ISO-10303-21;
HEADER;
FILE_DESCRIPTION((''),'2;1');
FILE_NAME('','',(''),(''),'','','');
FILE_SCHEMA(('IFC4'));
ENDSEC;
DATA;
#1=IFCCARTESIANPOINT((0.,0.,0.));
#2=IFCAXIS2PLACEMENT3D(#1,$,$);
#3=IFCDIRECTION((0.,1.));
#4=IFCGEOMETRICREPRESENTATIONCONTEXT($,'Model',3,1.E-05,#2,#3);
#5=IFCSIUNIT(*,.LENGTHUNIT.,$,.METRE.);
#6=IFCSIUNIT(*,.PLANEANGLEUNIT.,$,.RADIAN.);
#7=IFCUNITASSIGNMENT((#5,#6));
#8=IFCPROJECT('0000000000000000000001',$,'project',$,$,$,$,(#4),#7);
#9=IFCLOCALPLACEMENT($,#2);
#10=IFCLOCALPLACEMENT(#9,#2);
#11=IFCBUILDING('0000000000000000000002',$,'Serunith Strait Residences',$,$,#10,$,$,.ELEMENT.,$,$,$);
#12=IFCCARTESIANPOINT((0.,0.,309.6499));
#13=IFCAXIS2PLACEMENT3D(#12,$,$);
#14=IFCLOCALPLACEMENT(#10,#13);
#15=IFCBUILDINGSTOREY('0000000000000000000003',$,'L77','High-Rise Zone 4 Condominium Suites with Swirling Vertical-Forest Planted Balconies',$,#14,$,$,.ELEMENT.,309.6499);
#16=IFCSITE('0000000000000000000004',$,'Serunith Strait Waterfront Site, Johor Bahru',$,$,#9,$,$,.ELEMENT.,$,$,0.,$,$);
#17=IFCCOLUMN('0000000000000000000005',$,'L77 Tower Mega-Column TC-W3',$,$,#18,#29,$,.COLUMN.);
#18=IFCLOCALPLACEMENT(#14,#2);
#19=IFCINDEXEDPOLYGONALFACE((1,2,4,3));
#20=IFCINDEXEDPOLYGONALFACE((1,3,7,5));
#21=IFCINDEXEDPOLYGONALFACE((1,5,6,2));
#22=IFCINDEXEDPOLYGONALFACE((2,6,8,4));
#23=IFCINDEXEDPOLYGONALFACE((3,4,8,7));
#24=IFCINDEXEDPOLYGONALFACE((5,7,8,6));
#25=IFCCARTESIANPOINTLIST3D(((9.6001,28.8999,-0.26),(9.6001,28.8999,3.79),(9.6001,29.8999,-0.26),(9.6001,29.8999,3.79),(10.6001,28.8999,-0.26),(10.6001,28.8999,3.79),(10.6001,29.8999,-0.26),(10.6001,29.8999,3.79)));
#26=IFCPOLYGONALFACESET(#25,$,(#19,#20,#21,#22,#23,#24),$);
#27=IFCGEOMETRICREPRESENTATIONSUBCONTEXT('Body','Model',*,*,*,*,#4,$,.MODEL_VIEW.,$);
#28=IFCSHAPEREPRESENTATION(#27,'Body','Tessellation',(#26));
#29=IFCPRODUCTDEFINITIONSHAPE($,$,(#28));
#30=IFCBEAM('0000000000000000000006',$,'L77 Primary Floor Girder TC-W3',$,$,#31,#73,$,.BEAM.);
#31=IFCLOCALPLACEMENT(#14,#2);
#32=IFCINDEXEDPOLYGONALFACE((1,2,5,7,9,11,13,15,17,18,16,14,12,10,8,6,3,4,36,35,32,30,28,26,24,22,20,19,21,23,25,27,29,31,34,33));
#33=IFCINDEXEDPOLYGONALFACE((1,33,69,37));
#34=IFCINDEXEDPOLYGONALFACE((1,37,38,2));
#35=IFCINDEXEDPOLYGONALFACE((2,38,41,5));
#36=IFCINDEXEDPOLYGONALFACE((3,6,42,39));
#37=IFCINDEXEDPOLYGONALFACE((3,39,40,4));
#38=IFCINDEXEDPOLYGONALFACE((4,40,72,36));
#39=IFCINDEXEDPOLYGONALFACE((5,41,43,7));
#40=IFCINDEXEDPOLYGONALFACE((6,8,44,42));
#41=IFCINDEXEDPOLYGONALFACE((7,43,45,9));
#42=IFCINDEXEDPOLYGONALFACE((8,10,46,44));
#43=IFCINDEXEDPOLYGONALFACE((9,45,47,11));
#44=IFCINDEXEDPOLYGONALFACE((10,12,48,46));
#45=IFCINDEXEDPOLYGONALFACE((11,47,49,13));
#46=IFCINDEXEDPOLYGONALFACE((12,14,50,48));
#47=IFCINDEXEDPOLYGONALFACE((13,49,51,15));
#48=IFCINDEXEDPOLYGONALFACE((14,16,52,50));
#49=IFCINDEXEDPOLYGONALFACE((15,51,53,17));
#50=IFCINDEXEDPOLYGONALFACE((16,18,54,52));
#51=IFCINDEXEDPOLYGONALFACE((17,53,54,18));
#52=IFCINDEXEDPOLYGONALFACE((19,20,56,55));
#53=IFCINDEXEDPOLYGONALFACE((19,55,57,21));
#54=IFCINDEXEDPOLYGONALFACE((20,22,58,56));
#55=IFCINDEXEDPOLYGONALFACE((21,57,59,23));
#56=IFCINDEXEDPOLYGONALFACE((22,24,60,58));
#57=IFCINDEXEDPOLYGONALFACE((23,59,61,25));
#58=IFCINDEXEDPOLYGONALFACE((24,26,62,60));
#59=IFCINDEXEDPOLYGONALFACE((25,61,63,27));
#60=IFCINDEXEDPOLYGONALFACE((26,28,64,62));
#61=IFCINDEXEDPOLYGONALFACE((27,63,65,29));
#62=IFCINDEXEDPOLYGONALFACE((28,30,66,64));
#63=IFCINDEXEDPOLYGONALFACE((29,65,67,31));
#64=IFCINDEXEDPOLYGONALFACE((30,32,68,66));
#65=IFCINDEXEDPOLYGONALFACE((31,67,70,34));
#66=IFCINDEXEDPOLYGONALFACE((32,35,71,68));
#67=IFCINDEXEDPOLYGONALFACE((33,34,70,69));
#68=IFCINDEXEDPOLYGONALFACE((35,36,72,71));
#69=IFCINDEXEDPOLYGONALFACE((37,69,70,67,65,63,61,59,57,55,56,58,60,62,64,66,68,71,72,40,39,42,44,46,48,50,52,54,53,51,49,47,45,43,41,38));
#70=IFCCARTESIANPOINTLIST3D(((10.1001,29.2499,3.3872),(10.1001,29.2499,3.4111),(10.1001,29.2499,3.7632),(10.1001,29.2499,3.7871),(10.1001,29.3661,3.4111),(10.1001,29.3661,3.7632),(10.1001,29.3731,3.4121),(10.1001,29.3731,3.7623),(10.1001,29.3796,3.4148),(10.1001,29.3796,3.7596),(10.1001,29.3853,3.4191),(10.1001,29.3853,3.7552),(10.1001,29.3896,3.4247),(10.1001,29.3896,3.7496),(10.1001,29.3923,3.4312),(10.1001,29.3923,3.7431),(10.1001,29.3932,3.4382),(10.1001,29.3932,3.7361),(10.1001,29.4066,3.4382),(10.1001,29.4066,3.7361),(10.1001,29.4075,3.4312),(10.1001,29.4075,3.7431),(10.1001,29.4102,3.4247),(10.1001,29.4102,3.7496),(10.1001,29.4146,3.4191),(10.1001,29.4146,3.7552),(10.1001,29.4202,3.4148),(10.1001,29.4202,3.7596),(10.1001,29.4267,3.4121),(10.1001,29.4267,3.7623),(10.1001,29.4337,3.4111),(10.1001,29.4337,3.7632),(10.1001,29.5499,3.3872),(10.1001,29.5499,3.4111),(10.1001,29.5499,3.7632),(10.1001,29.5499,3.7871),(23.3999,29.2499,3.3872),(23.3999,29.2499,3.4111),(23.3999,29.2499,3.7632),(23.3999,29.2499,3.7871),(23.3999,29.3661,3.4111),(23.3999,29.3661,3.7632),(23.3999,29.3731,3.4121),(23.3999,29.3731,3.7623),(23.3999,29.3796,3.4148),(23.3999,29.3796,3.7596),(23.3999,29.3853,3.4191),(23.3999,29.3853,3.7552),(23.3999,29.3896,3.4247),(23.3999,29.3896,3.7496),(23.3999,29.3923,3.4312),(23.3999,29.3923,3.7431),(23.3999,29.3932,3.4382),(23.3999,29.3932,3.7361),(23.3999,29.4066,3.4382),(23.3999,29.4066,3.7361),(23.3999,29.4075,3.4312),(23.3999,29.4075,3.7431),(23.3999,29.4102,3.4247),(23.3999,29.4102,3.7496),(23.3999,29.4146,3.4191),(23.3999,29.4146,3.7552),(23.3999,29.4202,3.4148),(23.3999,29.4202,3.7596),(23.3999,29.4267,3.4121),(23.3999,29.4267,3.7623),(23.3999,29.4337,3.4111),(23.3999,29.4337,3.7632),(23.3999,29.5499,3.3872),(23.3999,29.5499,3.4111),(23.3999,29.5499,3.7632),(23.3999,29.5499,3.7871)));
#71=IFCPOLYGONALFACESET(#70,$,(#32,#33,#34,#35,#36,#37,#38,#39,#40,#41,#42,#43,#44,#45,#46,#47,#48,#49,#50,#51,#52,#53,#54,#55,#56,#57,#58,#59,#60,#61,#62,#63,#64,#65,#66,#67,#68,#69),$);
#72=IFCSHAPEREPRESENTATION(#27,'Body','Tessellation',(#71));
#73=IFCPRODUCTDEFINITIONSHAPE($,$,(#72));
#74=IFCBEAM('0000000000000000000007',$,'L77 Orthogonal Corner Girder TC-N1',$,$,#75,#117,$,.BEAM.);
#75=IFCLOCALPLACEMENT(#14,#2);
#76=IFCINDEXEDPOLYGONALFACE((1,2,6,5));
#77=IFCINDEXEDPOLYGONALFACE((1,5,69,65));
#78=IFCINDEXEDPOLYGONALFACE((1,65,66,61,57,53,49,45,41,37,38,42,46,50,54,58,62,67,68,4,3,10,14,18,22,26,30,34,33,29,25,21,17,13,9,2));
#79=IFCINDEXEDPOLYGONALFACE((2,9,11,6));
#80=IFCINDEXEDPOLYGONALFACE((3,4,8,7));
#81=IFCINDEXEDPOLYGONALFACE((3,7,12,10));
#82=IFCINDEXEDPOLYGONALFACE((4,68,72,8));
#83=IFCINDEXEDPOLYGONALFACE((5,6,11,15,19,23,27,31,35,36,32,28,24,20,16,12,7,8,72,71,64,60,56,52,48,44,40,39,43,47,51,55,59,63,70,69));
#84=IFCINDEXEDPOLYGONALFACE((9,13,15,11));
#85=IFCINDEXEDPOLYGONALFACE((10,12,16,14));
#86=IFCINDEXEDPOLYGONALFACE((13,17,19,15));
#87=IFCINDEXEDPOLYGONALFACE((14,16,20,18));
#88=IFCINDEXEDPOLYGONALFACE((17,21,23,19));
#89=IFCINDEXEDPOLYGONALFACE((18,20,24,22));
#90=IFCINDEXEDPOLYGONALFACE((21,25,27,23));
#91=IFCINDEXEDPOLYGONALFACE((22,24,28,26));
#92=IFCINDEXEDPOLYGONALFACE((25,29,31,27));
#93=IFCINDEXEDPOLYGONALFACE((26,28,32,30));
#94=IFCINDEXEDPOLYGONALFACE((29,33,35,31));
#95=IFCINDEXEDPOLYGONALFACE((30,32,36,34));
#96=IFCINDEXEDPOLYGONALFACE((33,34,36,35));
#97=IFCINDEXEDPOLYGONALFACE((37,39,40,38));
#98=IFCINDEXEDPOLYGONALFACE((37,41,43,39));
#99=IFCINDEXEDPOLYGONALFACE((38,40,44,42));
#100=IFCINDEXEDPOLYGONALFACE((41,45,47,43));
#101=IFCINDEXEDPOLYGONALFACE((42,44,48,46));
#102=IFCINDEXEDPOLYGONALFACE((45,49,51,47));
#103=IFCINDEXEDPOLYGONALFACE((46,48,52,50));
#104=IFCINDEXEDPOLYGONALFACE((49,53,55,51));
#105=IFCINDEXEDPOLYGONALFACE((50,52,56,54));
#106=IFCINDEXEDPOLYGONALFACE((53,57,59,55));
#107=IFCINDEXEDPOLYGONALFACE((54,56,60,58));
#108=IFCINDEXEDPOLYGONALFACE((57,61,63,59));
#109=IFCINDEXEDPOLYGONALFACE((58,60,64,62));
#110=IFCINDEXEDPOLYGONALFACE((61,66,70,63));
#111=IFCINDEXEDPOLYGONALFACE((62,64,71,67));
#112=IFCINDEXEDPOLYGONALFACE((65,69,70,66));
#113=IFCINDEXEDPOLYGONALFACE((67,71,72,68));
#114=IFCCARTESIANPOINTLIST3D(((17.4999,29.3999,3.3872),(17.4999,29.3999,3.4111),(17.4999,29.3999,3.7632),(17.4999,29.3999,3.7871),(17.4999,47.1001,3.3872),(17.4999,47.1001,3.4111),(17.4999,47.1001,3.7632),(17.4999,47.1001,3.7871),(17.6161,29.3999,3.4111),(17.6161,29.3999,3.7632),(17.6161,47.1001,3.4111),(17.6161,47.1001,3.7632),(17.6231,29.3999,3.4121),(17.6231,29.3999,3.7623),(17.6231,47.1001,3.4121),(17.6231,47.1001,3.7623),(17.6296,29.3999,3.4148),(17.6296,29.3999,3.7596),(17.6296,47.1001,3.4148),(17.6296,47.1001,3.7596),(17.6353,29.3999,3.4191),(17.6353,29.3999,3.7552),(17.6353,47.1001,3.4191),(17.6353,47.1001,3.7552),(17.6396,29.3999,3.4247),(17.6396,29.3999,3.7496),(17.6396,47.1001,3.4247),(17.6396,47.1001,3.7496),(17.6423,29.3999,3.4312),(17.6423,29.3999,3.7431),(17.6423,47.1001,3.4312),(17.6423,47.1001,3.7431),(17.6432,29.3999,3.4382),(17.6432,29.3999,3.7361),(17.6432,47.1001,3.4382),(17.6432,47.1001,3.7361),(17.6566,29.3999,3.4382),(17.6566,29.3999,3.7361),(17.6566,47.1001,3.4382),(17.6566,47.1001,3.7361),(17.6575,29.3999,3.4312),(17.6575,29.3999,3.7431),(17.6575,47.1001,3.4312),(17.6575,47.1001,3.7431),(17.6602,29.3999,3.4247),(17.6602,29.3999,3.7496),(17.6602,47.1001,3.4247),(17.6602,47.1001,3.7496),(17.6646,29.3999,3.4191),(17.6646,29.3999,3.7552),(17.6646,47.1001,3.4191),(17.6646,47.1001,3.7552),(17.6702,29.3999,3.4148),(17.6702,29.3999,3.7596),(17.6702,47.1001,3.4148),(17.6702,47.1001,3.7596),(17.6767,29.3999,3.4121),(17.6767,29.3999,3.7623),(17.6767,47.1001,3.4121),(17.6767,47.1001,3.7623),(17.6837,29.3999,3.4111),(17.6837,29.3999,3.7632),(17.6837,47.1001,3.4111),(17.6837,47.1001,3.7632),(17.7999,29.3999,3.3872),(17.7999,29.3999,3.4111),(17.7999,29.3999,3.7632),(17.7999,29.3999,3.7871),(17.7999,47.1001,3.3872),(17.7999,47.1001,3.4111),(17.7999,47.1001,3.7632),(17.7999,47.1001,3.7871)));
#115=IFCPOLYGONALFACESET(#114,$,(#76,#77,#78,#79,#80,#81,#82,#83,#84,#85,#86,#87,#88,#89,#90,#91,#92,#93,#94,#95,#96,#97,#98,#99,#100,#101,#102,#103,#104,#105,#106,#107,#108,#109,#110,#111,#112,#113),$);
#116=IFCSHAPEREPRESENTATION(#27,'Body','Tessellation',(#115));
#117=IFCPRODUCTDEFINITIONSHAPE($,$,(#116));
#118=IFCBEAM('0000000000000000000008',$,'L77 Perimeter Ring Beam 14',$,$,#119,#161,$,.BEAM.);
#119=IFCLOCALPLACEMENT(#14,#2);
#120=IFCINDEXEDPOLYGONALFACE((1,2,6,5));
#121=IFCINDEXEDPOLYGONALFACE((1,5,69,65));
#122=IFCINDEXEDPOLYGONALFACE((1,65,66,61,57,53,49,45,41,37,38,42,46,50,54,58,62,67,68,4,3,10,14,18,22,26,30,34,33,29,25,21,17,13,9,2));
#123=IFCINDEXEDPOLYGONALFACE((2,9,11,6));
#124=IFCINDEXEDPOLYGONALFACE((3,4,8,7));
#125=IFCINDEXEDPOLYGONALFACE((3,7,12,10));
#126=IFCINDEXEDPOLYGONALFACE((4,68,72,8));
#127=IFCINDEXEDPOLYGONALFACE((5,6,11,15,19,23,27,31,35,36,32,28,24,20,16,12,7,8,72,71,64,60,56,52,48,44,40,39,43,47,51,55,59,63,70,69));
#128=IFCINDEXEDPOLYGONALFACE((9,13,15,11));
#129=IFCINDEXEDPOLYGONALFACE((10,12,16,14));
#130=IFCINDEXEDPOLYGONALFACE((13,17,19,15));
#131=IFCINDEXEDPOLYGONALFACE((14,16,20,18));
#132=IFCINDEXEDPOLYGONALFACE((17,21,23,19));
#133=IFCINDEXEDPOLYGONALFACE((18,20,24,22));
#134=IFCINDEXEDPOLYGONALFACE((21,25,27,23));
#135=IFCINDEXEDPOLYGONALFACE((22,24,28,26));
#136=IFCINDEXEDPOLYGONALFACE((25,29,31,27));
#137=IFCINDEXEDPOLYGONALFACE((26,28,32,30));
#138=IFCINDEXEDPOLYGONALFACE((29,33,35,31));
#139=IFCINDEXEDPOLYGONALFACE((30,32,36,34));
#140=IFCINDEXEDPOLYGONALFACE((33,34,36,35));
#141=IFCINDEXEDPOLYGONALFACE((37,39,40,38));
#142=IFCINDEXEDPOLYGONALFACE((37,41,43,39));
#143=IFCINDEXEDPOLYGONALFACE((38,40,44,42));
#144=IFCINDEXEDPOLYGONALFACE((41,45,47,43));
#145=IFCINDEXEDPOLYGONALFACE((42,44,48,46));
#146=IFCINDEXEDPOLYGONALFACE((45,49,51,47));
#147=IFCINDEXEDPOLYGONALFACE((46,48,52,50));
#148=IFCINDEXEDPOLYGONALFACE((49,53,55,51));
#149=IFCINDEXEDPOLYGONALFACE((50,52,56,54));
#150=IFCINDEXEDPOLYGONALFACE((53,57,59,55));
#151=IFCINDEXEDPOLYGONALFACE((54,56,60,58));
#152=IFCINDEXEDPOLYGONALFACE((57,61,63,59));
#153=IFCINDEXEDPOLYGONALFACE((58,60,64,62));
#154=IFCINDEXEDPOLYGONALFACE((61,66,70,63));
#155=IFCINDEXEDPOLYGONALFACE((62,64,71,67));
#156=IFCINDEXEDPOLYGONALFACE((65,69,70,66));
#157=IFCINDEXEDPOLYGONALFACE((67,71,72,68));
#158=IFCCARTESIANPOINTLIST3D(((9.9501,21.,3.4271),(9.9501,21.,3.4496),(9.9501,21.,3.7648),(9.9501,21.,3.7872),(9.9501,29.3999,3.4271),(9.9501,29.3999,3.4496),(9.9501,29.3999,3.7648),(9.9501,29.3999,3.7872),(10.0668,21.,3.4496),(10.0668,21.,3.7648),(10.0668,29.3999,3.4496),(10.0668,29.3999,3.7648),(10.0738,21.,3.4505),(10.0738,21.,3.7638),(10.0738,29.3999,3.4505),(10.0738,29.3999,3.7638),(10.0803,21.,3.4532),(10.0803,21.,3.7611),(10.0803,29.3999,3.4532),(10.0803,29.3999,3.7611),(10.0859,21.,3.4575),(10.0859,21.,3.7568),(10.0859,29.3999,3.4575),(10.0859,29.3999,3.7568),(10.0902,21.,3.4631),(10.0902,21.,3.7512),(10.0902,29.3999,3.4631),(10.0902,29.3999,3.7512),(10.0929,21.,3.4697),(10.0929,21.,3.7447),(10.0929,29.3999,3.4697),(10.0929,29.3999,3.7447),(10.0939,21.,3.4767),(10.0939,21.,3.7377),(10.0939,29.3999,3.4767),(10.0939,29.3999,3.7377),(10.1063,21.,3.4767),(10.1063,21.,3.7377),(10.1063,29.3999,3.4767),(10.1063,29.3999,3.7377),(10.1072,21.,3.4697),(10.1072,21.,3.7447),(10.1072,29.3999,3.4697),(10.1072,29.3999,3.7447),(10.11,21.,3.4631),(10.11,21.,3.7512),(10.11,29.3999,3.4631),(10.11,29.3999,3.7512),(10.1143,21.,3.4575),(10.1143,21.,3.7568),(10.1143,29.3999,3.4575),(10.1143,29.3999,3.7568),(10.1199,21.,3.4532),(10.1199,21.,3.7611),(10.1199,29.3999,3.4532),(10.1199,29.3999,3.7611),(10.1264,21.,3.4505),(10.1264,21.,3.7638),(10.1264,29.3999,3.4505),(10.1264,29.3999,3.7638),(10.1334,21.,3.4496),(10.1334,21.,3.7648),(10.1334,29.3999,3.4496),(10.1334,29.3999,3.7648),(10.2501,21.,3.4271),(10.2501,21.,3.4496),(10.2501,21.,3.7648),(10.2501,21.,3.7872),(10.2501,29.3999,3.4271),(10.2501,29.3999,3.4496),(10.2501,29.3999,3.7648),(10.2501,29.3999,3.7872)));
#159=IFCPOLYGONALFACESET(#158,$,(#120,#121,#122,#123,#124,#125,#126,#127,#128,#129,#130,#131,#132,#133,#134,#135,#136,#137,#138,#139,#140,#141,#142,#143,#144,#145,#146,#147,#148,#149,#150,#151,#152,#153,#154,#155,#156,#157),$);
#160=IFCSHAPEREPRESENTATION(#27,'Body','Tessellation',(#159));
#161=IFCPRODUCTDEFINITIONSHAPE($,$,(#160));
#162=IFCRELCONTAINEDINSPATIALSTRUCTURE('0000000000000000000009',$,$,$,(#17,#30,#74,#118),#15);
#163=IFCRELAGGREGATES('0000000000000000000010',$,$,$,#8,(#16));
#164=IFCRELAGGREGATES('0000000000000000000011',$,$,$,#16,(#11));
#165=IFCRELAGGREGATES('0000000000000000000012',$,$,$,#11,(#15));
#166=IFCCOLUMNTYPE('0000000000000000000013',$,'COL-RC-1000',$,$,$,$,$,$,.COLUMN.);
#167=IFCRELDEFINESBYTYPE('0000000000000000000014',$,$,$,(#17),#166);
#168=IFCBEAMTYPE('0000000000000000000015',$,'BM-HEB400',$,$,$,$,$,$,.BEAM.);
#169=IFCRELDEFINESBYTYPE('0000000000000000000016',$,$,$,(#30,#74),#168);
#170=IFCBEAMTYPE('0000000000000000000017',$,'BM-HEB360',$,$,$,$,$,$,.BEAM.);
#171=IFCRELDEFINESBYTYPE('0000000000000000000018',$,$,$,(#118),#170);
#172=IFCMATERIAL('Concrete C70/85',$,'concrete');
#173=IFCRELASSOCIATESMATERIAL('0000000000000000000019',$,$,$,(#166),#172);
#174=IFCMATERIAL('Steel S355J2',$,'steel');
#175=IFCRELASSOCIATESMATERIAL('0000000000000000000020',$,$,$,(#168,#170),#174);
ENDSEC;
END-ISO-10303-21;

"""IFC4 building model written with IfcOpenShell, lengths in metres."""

from ifc_helpers import new_model, si_unit, direction, frame, origin, origin_2d, place, context, subcontext, project, spatial, rectangle, i_section, extrude, source, transform, mapped, material, material_profile, profile_set, type_object, element, save


model = new_model("IFC4")

# Units and contexts
model_context = context("Model", 3, precision=1e-05, world=origin(), true_north=direction((0.0, 1.0)))
body_context = subcontext(model_context, "Body", "Model", "MODEL_VIEW")
ifc_project = project(units=[si_unit("LENGTHUNIT", "METRE"), si_unit("PLANEANGLEUNIT", "RADIAN")], contexts=[model_context])

# Site, building, storey
site_placement = place(None, origin())
site = spatial("IfcSite", under=ifc_project, at=site_placement, Name="Serunith Strait Waterfront Site, Johor Bahru", CompositionType="ELEMENT", RefElevation=0.0)
building_placement = place(site_placement, origin())
building = spatial("IfcBuilding", under=site, at=building_placement, Name="Serunith Strait Residences", CompositionType="ELEMENT")
storey_placement = place(building_placement, frame((0.0, 0.0, 309.6499)))
storey = spatial("IfcBuildingStorey", under=building, at=storey_placement, Name="L77", Description="High-Rise Zone 4 Condominium Suites with Swirling Vertical-Forest Planted Balconies", CompositionType="ELEMENT", Elevation=309.6499)

# Column
ifc_material_1 = material(Name="Concrete C70/85", Category="concrete")
ifc_material_profile_1 = material_profile(ifc_material_1, rectangle(XDim=1.0, YDim=1.0, at=origin_2d()), Name="RC 1000x1000")
ifc_profile_set_1 = profile_set([ifc_material_profile_1], Name="Concrete C70/85")
column_type = type_object("IfcColumnType", Name="COL-RC-1000", PredefinedType="COLUMN", material=ifc_profile_set_1)
shared_shape_1 = source(origin(), body_context, "Body", "SweptSolid", [
    extrude(rectangle(XDim=1.0, YDim=1.0, at=origin_2d()), origin(), (0.0, 0.0, 1.0), 4.05),
])
column_placement = place(storey_placement, frame((10.1001, 29.3999, -0.26), z_axis=(0.0, 0.0, 1.0), x_axis=(1.0, 0.0, 0.0)))
element("IfcColumn", 1, at=column_placement, inside=storey, type_object=column_type, Name="L77 Tower Mega-Column TC-W3", PredefinedType="COLUMN", context=body_context, shape_type="MappedRepresentation", body=[
    mapped(shared_shape_1, transform((0.0, 0.0, 0.0), scale=1.0)),
])

# Beams
ifc_material_2 = material(Name="Steel S355J2", Category="steel")
ifc_material_profile_2 = material_profile(ifc_material_2, i_section(OverallWidth=0.3, OverallDepth=0.3999, WebThickness=0.0134, FlangeThickness=0.0239, FilletRadius=0.0271, at=origin_2d()), Name="HEB 400")
ifc_profile_set_2 = profile_set([ifc_material_profile_2], Name="Steel S355J2")
beam_type_1 = type_object("IfcBeamType", Name="BM-HEB400", PredefinedType="BEAM", material=ifc_profile_set_2)
shared_shape_2 = source(origin(), body_context, "Body", "SweptSolid", [
    extrude(i_section(OverallWidth=0.3, OverallDepth=0.3999, WebThickness=0.0134, FlangeThickness=0.0239, FilletRadius=0.0271, at=origin_2d()), origin(), (0.0, 0.0, 1.0), 13.2998),
])
beam_1_placement = place(storey_placement, frame((23.3999, 29.3999, 3.5872), z_axis=(-1.0, 0.0, 0.0), x_axis=(0.0, -1.0, 0.0)))
element("IfcBeam", 2, at=beam_1_placement, inside=storey, type_object=beam_type_1, Name="L77 Primary Floor Girder TC-W3", PredefinedType="BEAM", context=body_context, shape_type="MappedRepresentation", body=[
    mapped(shared_shape_2, transform((0.0, 0.0, 0.0), scale=1.0)),
])
shared_shape_3 = source(origin(), body_context, "Body", "SweptSolid", [
    extrude(i_section(OverallWidth=0.3, OverallDepth=0.3999, WebThickness=0.0134, FlangeThickness=0.0239, FilletRadius=0.0271, at=origin_2d()), origin(), (0.0, 0.0, 1.0), 17.7002),
])
beam_2_placement = place(storey_placement, frame((17.6499, 29.3999, 3.5872), z_axis=(0.0, 1.0, 0.0), x_axis=(-1.0, 0.0, 0.0)))
element("IfcBeam", 3, at=beam_2_placement, inside=storey, type_object=beam_type_1, Name="L77 Orthogonal Corner Girder TC-N1", PredefinedType="BEAM", context=body_context, shape_type="MappedRepresentation", body=[
    mapped(shared_shape_3, transform((0.0, 0.0, 0.0), scale=1.0)),
])
ifc_material_profile_3 = material_profile(ifc_material_2, i_section(OverallWidth=0.3, OverallDepth=0.3601, WebThickness=0.0125, FlangeThickness=0.0225, FilletRadius=0.0271, at=origin_2d()), Name="HEB 360")
ifc_profile_set_3 = profile_set([ifc_material_profile_3], Name="Steel S355J2")
beam_type_2 = type_object("IfcBeamType", Name="BM-HEB360", PredefinedType="BEAM", material=ifc_profile_set_3)
shared_shape_4 = source(origin(), body_context, "Body", "SweptSolid", [
    extrude(i_section(OverallWidth=0.3, OverallDepth=0.3601, WebThickness=0.0125, FlangeThickness=0.0225, FilletRadius=0.0271, at=origin_2d()), origin(), (0.0, 0.0, 1.0), 8.3999),
])
beam_3_placement = place(storey_placement, frame((10.1001, 29.3999, 3.6072), z_axis=(0.0, -1.0, 0.0), x_axis=(1.0, 0.0, 0.0)))
element("IfcBeam", 4, at=beam_3_placement, inside=storey, type_object=beam_type_2, Name="L77 Perimeter Ring Beam 14", PredefinedType="BEAM", context=body_context, shape_type="MappedRepresentation", body=[
    mapped(shared_shape_4, transform((0.0, 0.0, 0.0), scale=1.0)),
])

save(model, "model.ifc")
